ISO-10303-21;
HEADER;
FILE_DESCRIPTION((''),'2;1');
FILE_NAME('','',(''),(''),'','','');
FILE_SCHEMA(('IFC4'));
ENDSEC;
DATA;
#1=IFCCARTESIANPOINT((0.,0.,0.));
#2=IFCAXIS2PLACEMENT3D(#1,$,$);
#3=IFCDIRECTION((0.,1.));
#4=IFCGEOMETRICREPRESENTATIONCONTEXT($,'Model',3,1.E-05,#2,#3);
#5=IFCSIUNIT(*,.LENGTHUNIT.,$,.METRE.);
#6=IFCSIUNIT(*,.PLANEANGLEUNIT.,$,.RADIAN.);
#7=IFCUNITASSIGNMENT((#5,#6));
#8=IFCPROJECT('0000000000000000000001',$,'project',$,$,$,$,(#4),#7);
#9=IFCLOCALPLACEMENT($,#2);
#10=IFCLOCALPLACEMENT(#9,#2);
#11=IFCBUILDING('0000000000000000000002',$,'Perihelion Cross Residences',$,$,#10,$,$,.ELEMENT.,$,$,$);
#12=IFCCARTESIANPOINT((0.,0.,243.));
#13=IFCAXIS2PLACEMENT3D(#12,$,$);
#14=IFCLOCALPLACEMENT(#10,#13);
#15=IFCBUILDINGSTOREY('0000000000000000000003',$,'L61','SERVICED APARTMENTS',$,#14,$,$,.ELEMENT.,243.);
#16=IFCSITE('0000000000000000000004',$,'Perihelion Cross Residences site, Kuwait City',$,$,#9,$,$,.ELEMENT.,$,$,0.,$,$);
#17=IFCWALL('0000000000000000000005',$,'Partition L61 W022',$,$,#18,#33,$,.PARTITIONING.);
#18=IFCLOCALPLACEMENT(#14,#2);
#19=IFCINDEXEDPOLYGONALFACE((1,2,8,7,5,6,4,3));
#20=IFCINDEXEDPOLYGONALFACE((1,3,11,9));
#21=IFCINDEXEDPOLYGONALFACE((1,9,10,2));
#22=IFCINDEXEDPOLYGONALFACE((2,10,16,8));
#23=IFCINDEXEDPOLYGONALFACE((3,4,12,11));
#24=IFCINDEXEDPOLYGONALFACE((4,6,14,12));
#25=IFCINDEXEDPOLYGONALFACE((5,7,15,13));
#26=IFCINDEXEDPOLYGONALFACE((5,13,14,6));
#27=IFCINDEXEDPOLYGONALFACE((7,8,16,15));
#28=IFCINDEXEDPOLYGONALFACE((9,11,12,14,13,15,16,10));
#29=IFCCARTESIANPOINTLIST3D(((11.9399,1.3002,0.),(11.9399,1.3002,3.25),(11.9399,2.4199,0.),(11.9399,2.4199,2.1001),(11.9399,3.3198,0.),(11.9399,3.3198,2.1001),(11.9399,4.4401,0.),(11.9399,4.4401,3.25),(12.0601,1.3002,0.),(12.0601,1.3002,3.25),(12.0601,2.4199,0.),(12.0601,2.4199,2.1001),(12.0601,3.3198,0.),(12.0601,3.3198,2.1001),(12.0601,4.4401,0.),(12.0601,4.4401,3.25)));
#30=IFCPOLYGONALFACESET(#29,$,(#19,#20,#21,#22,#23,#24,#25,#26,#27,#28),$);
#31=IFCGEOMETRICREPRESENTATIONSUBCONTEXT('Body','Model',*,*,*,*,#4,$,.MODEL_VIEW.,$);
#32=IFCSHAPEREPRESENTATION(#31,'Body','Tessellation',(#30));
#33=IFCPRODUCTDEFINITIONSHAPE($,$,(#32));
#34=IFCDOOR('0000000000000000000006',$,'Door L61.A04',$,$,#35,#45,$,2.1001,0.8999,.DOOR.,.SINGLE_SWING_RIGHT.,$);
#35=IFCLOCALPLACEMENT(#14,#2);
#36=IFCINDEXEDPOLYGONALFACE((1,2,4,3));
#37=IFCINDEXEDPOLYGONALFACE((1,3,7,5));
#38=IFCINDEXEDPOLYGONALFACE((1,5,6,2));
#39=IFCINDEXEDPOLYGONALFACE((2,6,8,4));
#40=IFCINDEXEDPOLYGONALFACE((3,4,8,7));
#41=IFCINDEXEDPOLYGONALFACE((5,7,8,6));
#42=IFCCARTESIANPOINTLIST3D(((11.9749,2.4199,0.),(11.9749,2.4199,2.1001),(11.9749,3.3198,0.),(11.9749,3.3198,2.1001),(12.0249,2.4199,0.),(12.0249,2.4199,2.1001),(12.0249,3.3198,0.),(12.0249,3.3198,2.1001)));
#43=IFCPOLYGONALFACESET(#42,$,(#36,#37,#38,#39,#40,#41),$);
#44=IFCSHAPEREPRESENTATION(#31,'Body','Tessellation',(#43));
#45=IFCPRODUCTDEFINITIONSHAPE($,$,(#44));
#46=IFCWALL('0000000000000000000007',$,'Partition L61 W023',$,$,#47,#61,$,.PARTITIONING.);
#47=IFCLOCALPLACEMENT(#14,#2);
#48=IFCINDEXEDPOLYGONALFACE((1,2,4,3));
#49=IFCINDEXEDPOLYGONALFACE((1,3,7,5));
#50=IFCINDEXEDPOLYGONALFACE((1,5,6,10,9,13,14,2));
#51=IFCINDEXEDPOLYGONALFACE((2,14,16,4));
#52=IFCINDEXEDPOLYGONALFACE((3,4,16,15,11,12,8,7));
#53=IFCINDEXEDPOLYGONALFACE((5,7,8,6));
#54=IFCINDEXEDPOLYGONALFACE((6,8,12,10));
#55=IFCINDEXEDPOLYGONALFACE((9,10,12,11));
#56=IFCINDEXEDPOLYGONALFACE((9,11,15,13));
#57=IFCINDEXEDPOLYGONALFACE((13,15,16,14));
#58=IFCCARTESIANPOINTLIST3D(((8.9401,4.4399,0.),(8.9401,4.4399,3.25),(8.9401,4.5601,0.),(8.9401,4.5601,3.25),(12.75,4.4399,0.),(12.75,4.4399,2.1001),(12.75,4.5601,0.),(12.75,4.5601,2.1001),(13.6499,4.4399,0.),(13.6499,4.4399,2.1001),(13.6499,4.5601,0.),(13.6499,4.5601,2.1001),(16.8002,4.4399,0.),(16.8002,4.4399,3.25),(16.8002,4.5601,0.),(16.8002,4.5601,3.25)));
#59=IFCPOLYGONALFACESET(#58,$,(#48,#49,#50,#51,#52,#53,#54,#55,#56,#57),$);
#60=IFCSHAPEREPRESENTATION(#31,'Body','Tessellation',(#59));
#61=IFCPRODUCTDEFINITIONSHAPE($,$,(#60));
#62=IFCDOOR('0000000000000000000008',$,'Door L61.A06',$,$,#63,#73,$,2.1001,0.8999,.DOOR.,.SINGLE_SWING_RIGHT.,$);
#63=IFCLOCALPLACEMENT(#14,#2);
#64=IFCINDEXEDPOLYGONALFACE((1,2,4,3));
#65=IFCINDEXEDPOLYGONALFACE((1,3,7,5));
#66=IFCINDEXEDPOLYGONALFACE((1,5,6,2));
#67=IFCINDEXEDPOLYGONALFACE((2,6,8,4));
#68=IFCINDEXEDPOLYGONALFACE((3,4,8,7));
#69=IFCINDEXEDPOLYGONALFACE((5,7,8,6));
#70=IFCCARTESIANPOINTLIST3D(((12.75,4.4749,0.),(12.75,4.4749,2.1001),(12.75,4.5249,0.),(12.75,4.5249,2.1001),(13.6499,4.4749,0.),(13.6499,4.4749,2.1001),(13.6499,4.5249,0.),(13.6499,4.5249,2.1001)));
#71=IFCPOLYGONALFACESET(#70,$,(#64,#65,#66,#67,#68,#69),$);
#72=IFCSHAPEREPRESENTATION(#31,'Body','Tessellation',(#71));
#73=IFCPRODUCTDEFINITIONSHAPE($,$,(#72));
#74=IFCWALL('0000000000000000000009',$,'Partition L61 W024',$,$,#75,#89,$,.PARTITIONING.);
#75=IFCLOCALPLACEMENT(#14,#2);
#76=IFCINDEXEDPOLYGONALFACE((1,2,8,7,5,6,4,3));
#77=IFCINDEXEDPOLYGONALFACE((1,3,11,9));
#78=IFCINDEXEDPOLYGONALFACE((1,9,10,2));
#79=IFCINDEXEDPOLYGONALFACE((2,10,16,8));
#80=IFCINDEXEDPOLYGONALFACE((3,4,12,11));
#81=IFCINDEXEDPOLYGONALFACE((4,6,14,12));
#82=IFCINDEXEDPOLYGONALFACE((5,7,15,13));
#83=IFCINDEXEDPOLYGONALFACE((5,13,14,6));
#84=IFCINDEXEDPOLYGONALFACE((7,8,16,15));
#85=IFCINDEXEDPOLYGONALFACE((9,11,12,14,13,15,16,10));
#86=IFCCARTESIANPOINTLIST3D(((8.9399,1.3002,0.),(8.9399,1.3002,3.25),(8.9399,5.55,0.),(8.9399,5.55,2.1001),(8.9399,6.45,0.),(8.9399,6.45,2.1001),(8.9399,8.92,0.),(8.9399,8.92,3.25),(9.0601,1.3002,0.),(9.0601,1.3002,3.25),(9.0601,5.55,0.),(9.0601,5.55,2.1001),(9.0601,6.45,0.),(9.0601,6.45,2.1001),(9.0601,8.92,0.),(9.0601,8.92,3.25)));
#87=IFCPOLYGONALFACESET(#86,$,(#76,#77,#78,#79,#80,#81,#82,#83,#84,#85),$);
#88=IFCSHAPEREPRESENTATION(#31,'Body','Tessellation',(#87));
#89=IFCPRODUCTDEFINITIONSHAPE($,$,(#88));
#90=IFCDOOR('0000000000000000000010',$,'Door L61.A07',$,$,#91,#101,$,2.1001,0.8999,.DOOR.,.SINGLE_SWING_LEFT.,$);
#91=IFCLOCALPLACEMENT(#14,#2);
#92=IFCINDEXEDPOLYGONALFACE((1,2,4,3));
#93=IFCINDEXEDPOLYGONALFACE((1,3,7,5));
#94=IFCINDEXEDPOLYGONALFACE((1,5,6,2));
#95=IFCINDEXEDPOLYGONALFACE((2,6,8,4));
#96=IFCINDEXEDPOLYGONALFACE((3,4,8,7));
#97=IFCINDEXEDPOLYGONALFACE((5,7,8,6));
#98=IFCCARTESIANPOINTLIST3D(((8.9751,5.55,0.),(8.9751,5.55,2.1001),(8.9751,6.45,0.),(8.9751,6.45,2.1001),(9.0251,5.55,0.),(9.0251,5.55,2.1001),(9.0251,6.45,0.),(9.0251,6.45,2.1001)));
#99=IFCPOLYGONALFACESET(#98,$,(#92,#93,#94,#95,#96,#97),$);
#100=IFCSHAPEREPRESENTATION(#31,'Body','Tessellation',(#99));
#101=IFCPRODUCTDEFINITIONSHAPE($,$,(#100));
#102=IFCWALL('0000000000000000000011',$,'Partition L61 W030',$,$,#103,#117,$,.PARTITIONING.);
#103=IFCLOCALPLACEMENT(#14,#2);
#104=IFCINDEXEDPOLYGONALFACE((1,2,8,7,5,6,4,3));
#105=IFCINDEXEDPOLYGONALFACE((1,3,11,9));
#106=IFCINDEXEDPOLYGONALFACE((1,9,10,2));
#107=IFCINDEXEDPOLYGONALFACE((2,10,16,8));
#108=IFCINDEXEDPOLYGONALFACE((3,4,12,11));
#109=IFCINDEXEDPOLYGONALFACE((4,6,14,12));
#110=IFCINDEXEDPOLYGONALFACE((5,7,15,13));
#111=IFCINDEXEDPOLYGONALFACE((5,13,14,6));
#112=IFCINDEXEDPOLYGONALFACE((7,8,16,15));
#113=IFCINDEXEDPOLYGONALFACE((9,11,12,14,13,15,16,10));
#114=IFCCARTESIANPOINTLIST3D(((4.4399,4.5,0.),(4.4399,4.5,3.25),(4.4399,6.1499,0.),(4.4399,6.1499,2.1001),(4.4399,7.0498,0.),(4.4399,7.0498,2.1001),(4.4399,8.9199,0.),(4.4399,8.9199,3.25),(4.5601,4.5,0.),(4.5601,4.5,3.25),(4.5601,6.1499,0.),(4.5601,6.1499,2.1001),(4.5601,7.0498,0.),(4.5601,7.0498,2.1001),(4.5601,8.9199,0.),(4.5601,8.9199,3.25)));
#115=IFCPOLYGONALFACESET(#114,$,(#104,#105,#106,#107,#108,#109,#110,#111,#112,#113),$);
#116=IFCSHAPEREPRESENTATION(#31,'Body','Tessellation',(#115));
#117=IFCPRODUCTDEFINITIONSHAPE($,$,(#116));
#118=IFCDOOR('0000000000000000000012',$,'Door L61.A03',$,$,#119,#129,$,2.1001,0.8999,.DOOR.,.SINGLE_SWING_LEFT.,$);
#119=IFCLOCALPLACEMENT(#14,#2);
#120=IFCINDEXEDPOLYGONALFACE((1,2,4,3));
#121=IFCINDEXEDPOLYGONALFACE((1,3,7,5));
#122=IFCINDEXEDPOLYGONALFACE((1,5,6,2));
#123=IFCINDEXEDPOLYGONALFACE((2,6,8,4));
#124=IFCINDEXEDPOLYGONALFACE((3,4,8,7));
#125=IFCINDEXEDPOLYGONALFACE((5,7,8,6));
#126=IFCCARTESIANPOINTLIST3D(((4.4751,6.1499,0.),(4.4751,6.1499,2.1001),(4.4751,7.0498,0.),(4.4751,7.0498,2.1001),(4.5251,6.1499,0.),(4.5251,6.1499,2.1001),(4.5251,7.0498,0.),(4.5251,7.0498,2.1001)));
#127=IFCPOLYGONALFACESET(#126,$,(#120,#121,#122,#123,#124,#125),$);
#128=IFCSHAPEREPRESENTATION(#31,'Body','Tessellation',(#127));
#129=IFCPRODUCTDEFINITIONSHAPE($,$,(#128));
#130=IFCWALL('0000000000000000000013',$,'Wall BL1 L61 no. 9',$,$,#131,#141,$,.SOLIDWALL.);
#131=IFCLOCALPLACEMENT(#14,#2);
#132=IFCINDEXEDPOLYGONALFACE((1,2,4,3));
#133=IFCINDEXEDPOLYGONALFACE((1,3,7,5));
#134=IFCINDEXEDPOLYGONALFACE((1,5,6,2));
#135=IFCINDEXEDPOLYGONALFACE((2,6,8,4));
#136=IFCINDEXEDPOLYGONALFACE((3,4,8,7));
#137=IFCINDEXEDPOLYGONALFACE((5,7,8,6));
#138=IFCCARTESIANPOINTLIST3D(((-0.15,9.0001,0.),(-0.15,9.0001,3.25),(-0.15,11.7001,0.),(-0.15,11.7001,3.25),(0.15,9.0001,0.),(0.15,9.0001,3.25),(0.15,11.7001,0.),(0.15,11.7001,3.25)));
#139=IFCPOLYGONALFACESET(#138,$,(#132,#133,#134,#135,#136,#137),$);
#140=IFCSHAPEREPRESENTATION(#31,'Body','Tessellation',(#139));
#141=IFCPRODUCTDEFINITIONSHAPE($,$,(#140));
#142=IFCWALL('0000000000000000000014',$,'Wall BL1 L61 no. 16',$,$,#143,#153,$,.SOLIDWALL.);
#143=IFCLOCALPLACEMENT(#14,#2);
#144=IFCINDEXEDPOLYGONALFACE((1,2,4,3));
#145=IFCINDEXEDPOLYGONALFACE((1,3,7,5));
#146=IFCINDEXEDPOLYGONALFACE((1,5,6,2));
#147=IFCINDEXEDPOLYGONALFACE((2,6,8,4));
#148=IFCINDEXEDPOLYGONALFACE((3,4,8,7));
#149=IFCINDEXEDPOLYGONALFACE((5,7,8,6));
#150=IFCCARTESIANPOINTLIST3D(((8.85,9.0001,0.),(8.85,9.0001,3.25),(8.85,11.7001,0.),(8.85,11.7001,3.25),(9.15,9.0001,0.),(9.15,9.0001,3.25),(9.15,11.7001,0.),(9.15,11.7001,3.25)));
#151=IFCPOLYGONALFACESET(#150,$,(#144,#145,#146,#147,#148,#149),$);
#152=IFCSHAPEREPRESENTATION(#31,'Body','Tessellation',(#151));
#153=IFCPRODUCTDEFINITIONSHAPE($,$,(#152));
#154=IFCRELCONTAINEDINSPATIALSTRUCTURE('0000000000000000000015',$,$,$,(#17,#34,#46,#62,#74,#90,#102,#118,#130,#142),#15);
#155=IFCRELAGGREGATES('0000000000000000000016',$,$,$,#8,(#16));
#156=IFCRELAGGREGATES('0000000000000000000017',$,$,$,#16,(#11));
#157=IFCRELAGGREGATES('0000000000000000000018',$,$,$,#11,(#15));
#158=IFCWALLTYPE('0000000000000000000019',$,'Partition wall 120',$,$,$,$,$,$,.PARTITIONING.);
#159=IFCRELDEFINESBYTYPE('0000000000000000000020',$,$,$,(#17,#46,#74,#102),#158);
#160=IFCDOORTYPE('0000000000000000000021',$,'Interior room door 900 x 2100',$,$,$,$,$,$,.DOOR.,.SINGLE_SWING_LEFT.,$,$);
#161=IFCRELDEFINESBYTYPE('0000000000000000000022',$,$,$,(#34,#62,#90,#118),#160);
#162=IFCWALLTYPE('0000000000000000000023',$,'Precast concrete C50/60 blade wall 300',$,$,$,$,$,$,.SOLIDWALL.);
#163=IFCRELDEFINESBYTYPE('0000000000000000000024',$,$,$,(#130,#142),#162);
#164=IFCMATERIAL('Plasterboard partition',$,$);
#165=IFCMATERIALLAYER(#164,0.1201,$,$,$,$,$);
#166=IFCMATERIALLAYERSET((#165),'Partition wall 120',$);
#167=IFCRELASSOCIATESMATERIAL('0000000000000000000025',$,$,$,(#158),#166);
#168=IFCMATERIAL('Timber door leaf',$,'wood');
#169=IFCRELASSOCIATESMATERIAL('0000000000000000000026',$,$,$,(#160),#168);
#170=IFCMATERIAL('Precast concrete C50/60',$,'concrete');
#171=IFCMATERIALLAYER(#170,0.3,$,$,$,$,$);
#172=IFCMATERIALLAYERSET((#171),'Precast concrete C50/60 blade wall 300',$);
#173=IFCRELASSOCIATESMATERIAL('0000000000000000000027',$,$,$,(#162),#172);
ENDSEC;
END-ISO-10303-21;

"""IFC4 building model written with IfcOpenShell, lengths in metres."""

from ifc_helpers import new_model, si_unit, direction, frame, frame_2d, origin, place, context, subcontext, project, spatial, rectangle, extrude, material, layer, layer_set, type_object, element, fill, save


model = new_model("IFC4")

# Units and contexts
model_context = context("Model", 3, precision=1e-05, world=origin(), true_north=direction((0.0, 1.0)))
body_context = subcontext(model_context, "Body", "Model", "MODEL_VIEW")
ifc_project = project(units=[si_unit("LENGTHUNIT", "METRE"), si_unit("PLANEANGLEUNIT", "RADIAN")], contexts=[model_context])

# Site, building, storey
site_placement = place(None, origin())
site = spatial("IfcSite", under=ifc_project, at=site_placement, Name="Perihelion Cross Residences site, Kuwait City", CompositionType="ELEMENT", RefElevation=0.0)
building_placement = place(site_placement, origin())
building = spatial("IfcBuilding", under=site, at=building_placement, Name="Perihelion Cross Residences", CompositionType="ELEMENT")
storey_placement = place(building_placement, frame((0.0, 0.0, 243.0)))
storey = spatial("IfcBuildingStorey", under=building, at=storey_placement, Name="L61", Description="SERVICED APARTMENTS", CompositionType="ELEMENT", Elevation=243.0)

# Walls, openings, doors
ifc_material_1 = material(Name="Plasterboard partition")
ifc_layer_1 = layer(ifc_material_1, 0.1201)
ifc_layer_set_1 = layer_set([ifc_layer_1], Name="Partition wall 120")
wall_type_1 = type_object("IfcWallType", Name="Partition wall 120", PredefinedType="PARTITIONING", material=ifc_layer_set_1)
wall_1_placement = place(storey_placement, frame((12.0, 4.4399, 0.0), z_axis=(0.0, 0.0, 1.0), x_axis=(0.0, -1.0, 0.0)))
wall_1 = element("IfcWall", 1, at=wall_1_placement, inside=storey, type_object=wall_type_1, Name="Partition L61 W022", PredefinedType="PARTITIONING", context=body_context, shape_type="SweptSolid", body=[
    extrude(rectangle(XDim=3.1399, YDim=0.1201, at=frame_2d((1.5698, 0.0))), origin(), (0.0, 0.0, 1.0), 3.25),
])
opening_1_placement = place(wall_1_placement, frame((1.1201, 0.0, 0.0)))
opening_1 = element("IfcOpeningElement", 2, at=opening_1_placement, cuts=wall_1, PredefinedType="OPENING", context=body_context, shape_type="SweptSolid", body=[
    extrude(rectangle(XDim=0.8999, YDim=2.1001, at=frame_2d((0.45, 1.05))), frame((0.0, 0.0701, 0.0), z_axis=(0.0, -1.0, 0.0), x_axis=(1.0, 0.0, 0.0)), (0.0, 0.0, 1.0), 0.1401),
])
ifc_material_2 = material(Name="Timber door leaf", Category="wood")
door_type_1 = type_object("IfcDoorType", Name="Interior room door 900 x 2100", OperationType="SINGLE_SWING_LEFT", PredefinedType="DOOR", material=ifc_material_2)
door_1_placement = place(opening_1_placement, origin())
door_1 = element("IfcDoor", 3, at=door_1_placement, inside=storey, type_object=door_type_1, Name="Door L61.A04", OperationType="SINGLE_SWING_RIGHT", OverallHeight=2.1001, OverallWidth=0.8999, PredefinedType="DOOR", context=body_context, shape_type="SweptSolid", body=[
    extrude(rectangle(XDim=0.8999, YDim=2.1001, at=frame_2d((0.45, 1.05))), frame((0.0, 0.0249, 0.0), z_axis=(0.0, -1.0, 0.0), x_axis=(1.0, 0.0, 0.0)), (0.0, 0.0, 1.0), 0.05),
])
fill(opening_1, door_1)
wall_2_placement = place(storey_placement, frame((8.9399, 4.5, 0.0), z_axis=(0.0, 0.0, 1.0), x_axis=(1.0, 0.0, 0.0)))
wall_2 = element("IfcWall", 4, at=wall_2_placement, inside=storey, type_object=wall_type_1, Name="Partition L61 W023", PredefinedType="PARTITIONING", context=body_context, shape_type="SweptSolid", body=[
    extrude(rectangle(XDim=7.8601, YDim=0.1201, at=frame_2d((3.9302, 0.0))), origin(), (0.0, 0.0, 1.0), 3.25),
])
opening_2_placement = place(wall_2_placement, frame((3.8101, 0.0, 0.0)))
opening_2 = element("IfcOpeningElement", 5, at=opening_2_placement, cuts=wall_2, PredefinedType="OPENING", context=body_context, shape_type="SweptSolid", body=[
    extrude(rectangle(XDim=0.8999, YDim=2.1001, at=frame_2d((0.45, 1.05))), frame((0.0, 0.0701, 0.0), z_axis=(0.0, -1.0, 0.0), x_axis=(1.0, 0.0, 0.0)), (0.0, 0.0, 1.0), 0.1401),
])
door_2_placement = place(opening_2_placement, origin())
door_2 = element("IfcDoor", 6, at=door_2_placement, inside=storey, type_object=door_type_1, Name="Door L61.A06", OperationType="SINGLE_SWING_RIGHT", OverallHeight=2.1001, OverallWidth=0.8999, PredefinedType="DOOR", context=body_context, shape_type="SweptSolid", body=[
    extrude(rectangle(XDim=0.8999, YDim=2.1001, at=frame_2d((0.45, 1.05))), frame((0.0, 0.0249, 0.0), z_axis=(0.0, -1.0, 0.0), x_axis=(1.0, 0.0, 0.0)), (0.0, 0.0, 1.0), 0.05),
])
fill(opening_2, door_2)
wall_3_placement = place(storey_placement, frame((9.0, 1.3, 0.0), z_axis=(0.0, 0.0, 1.0), x_axis=(0.0, 1.0, 0.0)))
wall_3 = element("IfcWall", 7, at=wall_3_placement, inside=storey, type_object=wall_type_1, Name="Partition L61 W024", PredefinedType="PARTITIONING", context=body_context, shape_type="SweptSolid", body=[
    extrude(rectangle(XDim=7.6199, YDim=0.1201, at=frame_2d((3.8101, 0.0))), origin(), (0.0, 0.0, 1.0), 3.25),
])
opening_3_placement = place(wall_3_placement, frame((4.25, 0.0, 0.0)))
opening_3 = element("IfcOpeningElement", 8, at=opening_3_placement, cuts=wall_3, PredefinedType="OPENING", context=body_context, shape_type="SweptSolid", body=[
    extrude(rectangle(XDim=0.8999, YDim=2.1001, at=frame_2d((0.45, 1.05))), frame((0.0, 0.0701, 0.0), z_axis=(0.0, -1.0, 0.0), x_axis=(1.0, 0.0, 0.0)), (0.0, 0.0, 1.0), 0.1401),
])
door_3_placement = place(opening_3_placement, origin())
door_3 = element("IfcDoor", 9, at=door_3_placement, inside=storey, type_object=door_type_1, Name="Door L61.A07", OperationType="SINGLE_SWING_LEFT", OverallHeight=2.1001, OverallWidth=0.8999, PredefinedType="DOOR", context=body_context, shape_type="SweptSolid", body=[
    extrude(rectangle(XDim=0.8999, YDim=2.1001, at=frame_2d((0.45, 1.05))), frame((0.0, 0.0249, 0.0), z_axis=(0.0, -1.0, 0.0), x_axis=(1.0, 0.0, 0.0)), (0.0, 0.0, 1.0), 0.05),
])
fill(opening_3, door_3)
wall_4_placement = place(storey_placement, frame((4.5, 4.5, 0.0), z_axis=(0.0, 0.0, 1.0), x_axis=(0.0, 1.0, 0.0)))
wall_4 = element("IfcWall", 10, at=wall_4_placement, inside=storey, type_object=wall_type_1, Name="Partition L61 W030", PredefinedType="PARTITIONING", context=body_context, shape_type="SweptSolid", body=[
    extrude(rectangle(XDim=4.4199, YDim=0.1201, at=frame_2d((2.21, 0.0))), origin(), (0.0, 0.0, 1.0), 3.25),
])
opening_4_placement = place(wall_4_placement, frame((1.6499, 0.0, 0.0)))
opening_4 = element("IfcOpeningElement", 11, at=opening_4_placement, cuts=wall_4, PredefinedType="OPENING", context=body_context, shape_type="SweptSolid", body=[
    extrude(rectangle(XDim=0.8999, YDim=2.1001, at=frame_2d((0.45, 1.05))), frame((0.0, 0.0701, 0.0), z_axis=(0.0, -1.0, 0.0), x_axis=(1.0, 0.0, 0.0)), (0.0, 0.0, 1.0), 0.1401),
])
door_4_placement = place(opening_4_placement, origin())
door_4 = element("IfcDoor", 12, at=door_4_placement, inside=storey, type_object=door_type_1, Name="Door L61.A03", OperationType="SINGLE_SWING_LEFT", OverallHeight=2.1001, OverallWidth=0.8999, PredefinedType="DOOR", context=body_context, shape_type="SweptSolid", body=[
    extrude(rectangle(XDim=0.8999, YDim=2.1001, at=frame_2d((0.45, 1.05))), frame((0.0, 0.0249, 0.0), z_axis=(0.0, -1.0, 0.0), x_axis=(1.0, 0.0, 0.0)), (0.0, 0.0, 1.0), 0.05),
])
fill(opening_4, door_4)

# Walls
ifc_material_3 = material(Name="Precast concrete C50/60", Category="concrete")
ifc_layer_2 = layer(ifc_material_3, 0.3)
ifc_layer_set_2 = layer_set([ifc_layer_2], Name="Precast concrete C50/60 blade wall 300")
wall_type_2 = type_object("IfcWallType", Name="Precast concrete C50/60 blade wall 300", PredefinedType="SOLIDWALL", material=ifc_layer_set_2)
for number, where, z_axis, x_axis, name in (
    (13, (0.0, 9.0, 0.0), (0.0, 0.0, 1.0), (0.0, 1.0, 0.0), "Wall BL1 L61 no. 9"),
    (14, (9.0, 9.0, 0.0), (0.0, 0.0, 1.0), (0.0, 1.0, 0.0), "Wall BL1 L61 no. 16"),
):
    element("IfcWall", number, at=place(storey_placement, frame(where, z_axis=z_axis, x_axis=x_axis)), inside=storey, type_object=wall_type_2, Name=name, PredefinedType="SOLIDWALL", context=body_context, shape_type="SweptSolid", body=[
        extrude(rectangle(XDim=2.7, YDim=0.3, at=frame_2d((1.3501, 0.0))), origin(), (0.0, 0.0, 1.0), 3.25),
    ])

save(model, "model.ifc")
